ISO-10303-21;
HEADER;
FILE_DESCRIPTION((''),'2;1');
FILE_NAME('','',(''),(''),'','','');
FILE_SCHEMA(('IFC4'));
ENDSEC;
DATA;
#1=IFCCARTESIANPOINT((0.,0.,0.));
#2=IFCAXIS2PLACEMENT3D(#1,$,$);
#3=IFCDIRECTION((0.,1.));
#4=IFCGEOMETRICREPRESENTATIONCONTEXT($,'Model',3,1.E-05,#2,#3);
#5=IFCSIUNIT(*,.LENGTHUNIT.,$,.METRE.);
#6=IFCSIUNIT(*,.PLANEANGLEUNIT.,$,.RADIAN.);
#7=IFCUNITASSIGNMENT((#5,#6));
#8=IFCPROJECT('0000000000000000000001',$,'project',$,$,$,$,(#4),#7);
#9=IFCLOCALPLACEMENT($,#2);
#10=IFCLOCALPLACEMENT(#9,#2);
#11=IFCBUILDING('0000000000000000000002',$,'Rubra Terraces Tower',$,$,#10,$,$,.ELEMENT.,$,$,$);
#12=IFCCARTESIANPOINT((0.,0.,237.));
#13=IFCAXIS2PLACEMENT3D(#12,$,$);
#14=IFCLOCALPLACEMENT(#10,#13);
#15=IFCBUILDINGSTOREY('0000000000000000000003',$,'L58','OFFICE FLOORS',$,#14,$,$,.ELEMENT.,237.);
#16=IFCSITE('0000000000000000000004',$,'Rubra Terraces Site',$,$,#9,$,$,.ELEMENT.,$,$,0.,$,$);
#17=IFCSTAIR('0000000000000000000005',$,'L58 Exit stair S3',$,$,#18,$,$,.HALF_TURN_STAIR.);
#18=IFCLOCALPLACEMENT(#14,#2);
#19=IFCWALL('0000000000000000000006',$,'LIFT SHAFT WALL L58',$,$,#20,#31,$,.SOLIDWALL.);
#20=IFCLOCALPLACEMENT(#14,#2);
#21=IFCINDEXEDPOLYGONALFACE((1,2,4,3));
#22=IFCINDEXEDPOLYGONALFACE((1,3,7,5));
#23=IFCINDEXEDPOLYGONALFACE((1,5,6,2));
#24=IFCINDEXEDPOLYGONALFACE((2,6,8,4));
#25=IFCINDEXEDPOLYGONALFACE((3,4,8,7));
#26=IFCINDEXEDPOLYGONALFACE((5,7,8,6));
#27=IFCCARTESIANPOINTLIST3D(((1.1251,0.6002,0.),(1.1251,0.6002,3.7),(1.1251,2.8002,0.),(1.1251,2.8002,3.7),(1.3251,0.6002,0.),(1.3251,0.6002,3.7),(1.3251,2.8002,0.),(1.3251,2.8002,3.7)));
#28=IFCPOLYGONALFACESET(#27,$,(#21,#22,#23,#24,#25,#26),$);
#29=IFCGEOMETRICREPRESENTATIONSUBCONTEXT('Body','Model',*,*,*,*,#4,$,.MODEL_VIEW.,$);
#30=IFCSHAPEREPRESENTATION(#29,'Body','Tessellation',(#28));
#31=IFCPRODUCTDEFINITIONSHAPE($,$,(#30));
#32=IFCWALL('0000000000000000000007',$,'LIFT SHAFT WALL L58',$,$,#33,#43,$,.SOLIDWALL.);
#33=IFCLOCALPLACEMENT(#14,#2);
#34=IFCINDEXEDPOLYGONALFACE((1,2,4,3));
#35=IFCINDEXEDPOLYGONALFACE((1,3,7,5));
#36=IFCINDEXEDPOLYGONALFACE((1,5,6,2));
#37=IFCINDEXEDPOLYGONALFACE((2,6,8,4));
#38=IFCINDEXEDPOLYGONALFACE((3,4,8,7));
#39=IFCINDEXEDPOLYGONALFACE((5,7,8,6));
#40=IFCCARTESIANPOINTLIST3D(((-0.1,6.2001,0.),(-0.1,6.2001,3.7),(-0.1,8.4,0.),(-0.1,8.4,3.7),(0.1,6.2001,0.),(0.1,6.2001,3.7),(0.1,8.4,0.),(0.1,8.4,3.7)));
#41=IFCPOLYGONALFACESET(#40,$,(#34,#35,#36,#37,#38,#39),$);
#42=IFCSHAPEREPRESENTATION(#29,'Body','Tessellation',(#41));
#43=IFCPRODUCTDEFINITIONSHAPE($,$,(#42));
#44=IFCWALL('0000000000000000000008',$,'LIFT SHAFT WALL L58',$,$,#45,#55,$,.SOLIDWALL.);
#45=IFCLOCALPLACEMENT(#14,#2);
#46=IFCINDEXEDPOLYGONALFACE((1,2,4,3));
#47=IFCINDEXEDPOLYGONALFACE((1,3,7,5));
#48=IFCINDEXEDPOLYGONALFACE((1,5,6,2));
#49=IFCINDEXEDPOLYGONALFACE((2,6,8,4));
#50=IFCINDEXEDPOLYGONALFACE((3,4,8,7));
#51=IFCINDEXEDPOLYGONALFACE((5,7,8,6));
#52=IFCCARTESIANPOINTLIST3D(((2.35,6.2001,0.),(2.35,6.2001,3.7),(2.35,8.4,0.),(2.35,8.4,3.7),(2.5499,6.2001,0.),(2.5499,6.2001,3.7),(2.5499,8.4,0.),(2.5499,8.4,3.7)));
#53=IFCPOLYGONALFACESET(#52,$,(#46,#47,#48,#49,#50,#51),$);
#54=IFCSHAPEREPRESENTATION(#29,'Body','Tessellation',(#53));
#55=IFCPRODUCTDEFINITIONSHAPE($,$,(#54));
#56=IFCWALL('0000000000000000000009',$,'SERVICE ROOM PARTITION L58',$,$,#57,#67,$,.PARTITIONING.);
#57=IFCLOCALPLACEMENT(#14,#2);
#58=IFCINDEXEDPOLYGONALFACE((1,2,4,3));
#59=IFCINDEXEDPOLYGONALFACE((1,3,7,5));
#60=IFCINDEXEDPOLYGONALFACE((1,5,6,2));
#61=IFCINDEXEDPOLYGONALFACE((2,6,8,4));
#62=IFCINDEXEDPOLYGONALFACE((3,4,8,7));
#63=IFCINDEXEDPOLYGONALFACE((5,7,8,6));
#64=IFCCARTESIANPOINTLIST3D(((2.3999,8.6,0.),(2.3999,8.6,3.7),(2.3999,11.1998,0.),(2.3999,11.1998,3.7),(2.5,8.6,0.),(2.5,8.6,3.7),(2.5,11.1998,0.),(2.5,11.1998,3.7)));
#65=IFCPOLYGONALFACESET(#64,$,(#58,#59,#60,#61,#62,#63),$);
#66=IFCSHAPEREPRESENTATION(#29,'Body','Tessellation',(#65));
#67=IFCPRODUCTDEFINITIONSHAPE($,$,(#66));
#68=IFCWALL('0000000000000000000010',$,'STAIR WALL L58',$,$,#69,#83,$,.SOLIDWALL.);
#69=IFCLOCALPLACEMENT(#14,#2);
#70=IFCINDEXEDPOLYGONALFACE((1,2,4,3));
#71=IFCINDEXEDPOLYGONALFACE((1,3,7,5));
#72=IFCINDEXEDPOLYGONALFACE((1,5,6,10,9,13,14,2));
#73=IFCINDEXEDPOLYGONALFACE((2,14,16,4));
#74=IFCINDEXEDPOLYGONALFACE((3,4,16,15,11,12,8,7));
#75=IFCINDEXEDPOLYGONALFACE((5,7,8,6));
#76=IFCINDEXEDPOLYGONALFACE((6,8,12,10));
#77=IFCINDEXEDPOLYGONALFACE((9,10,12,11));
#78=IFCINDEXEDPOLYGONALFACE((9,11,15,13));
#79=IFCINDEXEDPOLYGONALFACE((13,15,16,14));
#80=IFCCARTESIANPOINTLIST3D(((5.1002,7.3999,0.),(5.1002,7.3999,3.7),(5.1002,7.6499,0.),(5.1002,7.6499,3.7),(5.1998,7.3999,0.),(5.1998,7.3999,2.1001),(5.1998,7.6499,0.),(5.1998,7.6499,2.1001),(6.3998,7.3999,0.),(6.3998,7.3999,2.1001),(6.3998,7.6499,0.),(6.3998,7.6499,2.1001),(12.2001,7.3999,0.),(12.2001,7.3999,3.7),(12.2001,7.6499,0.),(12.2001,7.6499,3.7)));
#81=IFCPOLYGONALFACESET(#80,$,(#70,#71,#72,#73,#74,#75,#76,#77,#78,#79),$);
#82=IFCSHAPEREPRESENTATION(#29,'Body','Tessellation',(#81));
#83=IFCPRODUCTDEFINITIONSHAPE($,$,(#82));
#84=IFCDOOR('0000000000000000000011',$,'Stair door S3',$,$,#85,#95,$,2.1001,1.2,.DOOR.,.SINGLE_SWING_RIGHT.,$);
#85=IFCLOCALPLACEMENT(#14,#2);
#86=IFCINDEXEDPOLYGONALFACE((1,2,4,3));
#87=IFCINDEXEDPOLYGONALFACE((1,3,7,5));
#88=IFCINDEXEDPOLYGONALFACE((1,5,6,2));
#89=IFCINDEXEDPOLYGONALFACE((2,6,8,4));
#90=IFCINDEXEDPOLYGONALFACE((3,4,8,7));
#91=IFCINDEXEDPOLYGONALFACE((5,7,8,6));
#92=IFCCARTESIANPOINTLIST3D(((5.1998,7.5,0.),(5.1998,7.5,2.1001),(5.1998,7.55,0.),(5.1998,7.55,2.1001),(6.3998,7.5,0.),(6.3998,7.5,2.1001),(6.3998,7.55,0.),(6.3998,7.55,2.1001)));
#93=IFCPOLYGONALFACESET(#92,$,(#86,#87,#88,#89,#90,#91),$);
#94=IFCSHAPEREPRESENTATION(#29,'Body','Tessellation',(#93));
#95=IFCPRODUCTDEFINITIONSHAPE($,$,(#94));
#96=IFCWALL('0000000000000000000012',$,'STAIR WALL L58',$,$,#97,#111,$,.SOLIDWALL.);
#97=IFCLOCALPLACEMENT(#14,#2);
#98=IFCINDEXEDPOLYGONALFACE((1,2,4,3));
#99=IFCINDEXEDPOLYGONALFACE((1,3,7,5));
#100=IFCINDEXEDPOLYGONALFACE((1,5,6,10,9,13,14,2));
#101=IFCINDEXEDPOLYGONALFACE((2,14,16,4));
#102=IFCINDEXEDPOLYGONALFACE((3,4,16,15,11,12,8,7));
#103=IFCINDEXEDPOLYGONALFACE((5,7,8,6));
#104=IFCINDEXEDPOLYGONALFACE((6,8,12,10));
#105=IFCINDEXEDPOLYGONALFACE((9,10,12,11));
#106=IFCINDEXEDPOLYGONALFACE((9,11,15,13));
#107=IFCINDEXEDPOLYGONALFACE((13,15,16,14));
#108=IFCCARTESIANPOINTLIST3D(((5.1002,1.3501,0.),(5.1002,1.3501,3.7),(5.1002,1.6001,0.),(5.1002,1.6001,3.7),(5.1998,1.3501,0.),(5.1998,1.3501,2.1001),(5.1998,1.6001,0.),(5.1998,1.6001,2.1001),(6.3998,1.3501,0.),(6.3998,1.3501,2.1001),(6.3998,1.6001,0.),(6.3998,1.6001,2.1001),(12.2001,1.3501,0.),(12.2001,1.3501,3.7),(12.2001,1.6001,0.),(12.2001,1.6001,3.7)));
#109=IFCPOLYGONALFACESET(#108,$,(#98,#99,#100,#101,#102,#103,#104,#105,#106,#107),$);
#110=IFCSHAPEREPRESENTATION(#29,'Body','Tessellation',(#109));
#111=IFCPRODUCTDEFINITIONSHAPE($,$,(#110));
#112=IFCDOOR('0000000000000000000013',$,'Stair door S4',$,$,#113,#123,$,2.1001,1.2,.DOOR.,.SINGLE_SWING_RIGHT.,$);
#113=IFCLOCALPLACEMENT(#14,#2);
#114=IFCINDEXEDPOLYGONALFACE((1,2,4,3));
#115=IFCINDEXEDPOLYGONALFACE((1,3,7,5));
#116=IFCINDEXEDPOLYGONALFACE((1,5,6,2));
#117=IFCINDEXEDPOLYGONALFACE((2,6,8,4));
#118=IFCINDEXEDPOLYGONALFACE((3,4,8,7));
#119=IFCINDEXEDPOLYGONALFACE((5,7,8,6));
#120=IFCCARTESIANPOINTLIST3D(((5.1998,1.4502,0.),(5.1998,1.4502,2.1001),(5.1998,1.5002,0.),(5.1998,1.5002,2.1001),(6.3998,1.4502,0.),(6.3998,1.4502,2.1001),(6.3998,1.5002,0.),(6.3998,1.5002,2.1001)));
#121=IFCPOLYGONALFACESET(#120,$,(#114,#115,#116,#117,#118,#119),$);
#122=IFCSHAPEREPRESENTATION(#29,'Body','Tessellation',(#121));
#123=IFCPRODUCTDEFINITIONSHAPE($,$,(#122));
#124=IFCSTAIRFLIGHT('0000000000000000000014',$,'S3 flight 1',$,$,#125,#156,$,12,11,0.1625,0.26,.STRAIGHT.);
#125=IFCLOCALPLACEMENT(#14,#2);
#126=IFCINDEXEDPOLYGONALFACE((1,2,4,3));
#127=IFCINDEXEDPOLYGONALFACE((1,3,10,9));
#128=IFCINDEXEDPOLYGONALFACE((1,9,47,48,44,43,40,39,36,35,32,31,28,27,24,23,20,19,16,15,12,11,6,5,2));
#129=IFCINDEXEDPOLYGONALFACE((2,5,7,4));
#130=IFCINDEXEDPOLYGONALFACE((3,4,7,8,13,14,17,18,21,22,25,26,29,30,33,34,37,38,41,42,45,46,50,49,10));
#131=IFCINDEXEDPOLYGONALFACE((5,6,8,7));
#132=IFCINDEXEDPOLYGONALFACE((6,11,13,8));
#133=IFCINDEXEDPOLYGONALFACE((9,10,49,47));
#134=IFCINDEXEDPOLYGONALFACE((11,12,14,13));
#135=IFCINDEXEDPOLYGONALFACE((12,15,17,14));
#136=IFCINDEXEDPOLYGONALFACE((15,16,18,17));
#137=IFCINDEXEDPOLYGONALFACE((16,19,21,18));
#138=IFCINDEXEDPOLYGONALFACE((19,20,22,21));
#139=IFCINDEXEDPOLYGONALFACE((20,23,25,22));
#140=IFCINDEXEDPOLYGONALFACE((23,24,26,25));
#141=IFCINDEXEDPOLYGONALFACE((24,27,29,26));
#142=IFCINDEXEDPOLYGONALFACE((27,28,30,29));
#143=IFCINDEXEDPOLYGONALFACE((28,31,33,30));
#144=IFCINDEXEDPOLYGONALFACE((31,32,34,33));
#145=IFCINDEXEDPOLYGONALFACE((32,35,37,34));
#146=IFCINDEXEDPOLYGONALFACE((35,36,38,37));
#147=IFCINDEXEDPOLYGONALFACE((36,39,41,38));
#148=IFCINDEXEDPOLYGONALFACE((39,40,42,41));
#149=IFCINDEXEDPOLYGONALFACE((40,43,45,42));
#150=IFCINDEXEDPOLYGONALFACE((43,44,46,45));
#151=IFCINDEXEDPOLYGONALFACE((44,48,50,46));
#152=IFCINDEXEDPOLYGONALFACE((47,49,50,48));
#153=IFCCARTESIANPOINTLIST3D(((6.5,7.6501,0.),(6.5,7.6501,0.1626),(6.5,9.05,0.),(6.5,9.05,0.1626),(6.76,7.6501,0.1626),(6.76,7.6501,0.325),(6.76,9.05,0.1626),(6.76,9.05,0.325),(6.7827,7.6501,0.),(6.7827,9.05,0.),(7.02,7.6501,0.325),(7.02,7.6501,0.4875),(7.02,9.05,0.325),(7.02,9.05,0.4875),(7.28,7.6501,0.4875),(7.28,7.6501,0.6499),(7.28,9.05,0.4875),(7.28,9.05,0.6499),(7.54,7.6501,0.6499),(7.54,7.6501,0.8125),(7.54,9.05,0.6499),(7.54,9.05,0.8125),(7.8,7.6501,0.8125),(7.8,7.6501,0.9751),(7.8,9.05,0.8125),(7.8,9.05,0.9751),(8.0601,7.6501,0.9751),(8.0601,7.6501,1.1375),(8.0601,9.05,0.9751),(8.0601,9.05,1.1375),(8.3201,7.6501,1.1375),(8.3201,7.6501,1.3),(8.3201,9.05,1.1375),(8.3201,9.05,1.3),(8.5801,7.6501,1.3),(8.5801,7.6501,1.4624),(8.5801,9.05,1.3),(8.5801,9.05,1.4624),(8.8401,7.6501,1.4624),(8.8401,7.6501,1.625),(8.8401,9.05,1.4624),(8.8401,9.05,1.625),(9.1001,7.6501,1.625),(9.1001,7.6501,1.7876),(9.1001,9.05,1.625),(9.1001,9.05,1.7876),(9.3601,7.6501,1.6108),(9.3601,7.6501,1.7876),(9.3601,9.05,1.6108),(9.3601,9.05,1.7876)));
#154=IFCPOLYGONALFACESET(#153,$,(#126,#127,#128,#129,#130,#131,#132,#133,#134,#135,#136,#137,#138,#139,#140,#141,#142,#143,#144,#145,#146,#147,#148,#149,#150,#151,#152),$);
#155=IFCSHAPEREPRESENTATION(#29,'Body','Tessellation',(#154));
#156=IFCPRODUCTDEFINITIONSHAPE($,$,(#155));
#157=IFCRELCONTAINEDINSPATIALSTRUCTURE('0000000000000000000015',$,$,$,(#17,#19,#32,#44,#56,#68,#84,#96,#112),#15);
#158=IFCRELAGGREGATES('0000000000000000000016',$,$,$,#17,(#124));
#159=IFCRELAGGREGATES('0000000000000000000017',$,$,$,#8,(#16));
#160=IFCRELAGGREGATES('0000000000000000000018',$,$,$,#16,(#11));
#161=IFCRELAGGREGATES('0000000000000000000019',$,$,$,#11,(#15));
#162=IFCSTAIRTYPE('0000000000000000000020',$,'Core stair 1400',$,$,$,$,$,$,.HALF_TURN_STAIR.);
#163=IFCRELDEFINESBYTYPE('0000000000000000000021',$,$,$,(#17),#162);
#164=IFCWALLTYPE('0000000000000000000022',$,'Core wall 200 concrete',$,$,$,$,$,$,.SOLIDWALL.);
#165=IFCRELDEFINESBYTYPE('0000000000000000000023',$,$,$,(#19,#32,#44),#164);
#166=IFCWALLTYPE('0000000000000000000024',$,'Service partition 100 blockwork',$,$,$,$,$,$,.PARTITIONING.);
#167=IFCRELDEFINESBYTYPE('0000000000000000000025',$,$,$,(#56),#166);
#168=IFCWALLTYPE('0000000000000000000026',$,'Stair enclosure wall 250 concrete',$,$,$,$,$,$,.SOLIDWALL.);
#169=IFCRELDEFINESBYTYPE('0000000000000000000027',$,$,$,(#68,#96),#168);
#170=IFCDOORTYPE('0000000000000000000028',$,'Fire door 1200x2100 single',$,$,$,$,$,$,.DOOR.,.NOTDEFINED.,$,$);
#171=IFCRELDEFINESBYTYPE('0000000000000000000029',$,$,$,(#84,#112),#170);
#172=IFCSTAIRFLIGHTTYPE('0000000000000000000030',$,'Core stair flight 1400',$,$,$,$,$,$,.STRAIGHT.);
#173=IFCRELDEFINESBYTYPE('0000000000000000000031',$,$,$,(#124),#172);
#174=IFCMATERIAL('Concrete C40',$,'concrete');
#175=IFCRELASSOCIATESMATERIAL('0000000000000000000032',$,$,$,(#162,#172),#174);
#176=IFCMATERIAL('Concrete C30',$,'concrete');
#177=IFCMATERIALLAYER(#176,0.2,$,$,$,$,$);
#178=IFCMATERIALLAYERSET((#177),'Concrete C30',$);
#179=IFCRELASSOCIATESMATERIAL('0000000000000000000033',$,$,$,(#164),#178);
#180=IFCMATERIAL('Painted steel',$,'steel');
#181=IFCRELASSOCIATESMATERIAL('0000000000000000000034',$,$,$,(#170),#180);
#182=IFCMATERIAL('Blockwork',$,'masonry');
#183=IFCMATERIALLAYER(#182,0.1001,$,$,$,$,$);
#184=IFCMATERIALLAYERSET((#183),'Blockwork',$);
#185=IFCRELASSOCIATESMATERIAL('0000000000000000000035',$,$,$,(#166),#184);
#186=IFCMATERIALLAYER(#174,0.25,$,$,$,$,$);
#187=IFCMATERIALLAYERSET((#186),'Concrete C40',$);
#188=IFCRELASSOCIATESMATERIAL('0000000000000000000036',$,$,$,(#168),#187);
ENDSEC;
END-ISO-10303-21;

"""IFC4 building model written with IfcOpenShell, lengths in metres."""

from ifc_helpers import new_model, si_unit, direction, frame, frame_2d, origin, place, context, subcontext, project, spatial, polyline, rectangle, outline, extrude, material, layer, layer_set, type_object, element, fill, aggregate, save


model = new_model("IFC4")

# Units and contexts
model_context = context("Model", 3, precision=1e-05, world=origin(), true_north=direction((0.0, 1.0)))
body_context = subcontext(model_context, "Body", "Model", "MODEL_VIEW")
ifc_project = project(units=[si_unit("LENGTHUNIT", "METRE"), si_unit("PLANEANGLEUNIT", "RADIAN")], contexts=[model_context])

# Site, building, storey
site_placement = place(None, origin())
site = spatial("IfcSite", under=ifc_project, at=site_placement, Name="Rubra Terraces Site", CompositionType="ELEMENT", RefElevation=0.0)
building_placement = place(site_placement, origin())
building = spatial("IfcBuilding", under=site, at=building_placement, Name="Rubra Terraces Tower", CompositionType="ELEMENT")
storey_placement = place(building_placement, frame((0.0, 0.0, 237.0)))
storey = spatial("IfcBuildingStorey", under=building, at=storey_placement, Name="L58", Description="OFFICE FLOORS", CompositionType="ELEMENT", Elevation=237.0)

# Stair
ifc_material_1 = material(Name="Concrete C40", Category="concrete")
stair_type = type_object("IfcStairType", Name="Core stair 1400", PredefinedType="HALF_TURN_STAIR", material=ifc_material_1)
stair_1_placement = place(storey_placement, origin())
stair_1 = element("IfcStair", 1, at=stair_1_placement, inside=storey, type_object=stair_type, Name="L58 Exit stair S3", PredefinedType="HALF_TURN_STAIR")

# Shared definitions
ifc_material_2 = material(Name="Concrete C30", Category="concrete")
ifc_layer_1 = layer(ifc_material_2, 0.2)
ifc_layer_set_1 = layer_set([ifc_layer_1], Name="Concrete C30")
wall_type_1 = type_object("IfcWallType", Name="Core wall 200 concrete", PredefinedType="SOLIDWALL", material=ifc_layer_set_1)
ifc_material_3 = material(Name="Painted steel", Category="steel")
door_type_1 = type_object("IfcDoorType", Name="Fire door 1200x2100 single", OperationType="NOTDEFINED", PredefinedType="DOOR", material=ifc_material_3)

# Walls
for number, where, z_axis, x_axis, name in (
    (2, (1.2251, 0.6001, 0.0), (0.0, 0.0, 1.0), (0.0, 1.0, 0.0), "LIFT SHAFT WALL L58"),
    (3, (0.0, 6.2, 0.0), (0.0, 0.0, 1.0), (0.0, 1.0, 0.0), "LIFT SHAFT WALL L58"),
    (4, (2.45, 6.2, 0.0), (0.0, 0.0, 1.0), (0.0, 1.0, 0.0), "LIFT SHAFT WALL L58"),
):
    element("IfcWall", number, at=place(storey_placement, frame(where, z_axis=z_axis, x_axis=x_axis)), inside=storey, type_object=wall_type_1, Name=name, PredefinedType="SOLIDWALL", context=body_context, shape_type="SweptSolid", body=[
        extrude(rectangle(XDim=2.2, YDim=0.2, at=frame_2d((1.1001, 0.0))), origin(), (0.0, 0.0, 1.0), 3.7),
    ])
ifc_material_4 = material(Name="Blockwork", Category="masonry")
ifc_layer_2 = layer(ifc_material_4, 0.1001)
ifc_layer_set_2 = layer_set([ifc_layer_2], Name="Blockwork")
wall_type_2 = type_object("IfcWallType", Name="Service partition 100 blockwork", PredefinedType="PARTITIONING", material=ifc_layer_set_2)
wall_1_placement = place(storey_placement, frame((2.45, 8.6001, 0.0), z_axis=(0.0, 0.0, 1.0), x_axis=(0.0, 1.0, 0.0)))
element("IfcWall", 5, at=wall_1_placement, inside=storey, type_object=wall_type_2, Name="SERVICE ROOM PARTITION L58", PredefinedType="PARTITIONING", context=body_context, shape_type="SweptSolid", body=[
    extrude(rectangle(XDim=2.5999, YDim=0.1001, at=frame_2d((1.2998, 0.0))), origin(), (0.0, 0.0, 1.0), 3.7),
])

# Walls, openings, doors
ifc_layer_3 = layer(ifc_material_1, 0.25)
ifc_layer_set_3 = layer_set([ifc_layer_3], Name="Concrete C40")
wall_type_3 = type_object("IfcWallType", Name="Stair enclosure wall 250 concrete", PredefinedType="SOLIDWALL", material=ifc_layer_set_3)
wall_2_placement = place(storey_placement, frame((12.2, 7.5249, 0.0), z_axis=(0.0, 0.0, 1.0), x_axis=(-1.0, 0.0, 0.0)))
wall_2 = element("IfcWall", 6, at=wall_2_placement, inside=storey, type_object=wall_type_3, Name="STAIR WALL L58", PredefinedType="SOLIDWALL", context=body_context, shape_type="SweptSolid", body=[
    extrude(rectangle(XDim=7.0999, YDim=0.25, at=frame_2d((3.5498, 0.0))), origin(), (0.0, 0.0, 1.0), 3.7),
])
opening_1_placement = place(wall_2_placement, frame((5.8, 0.0, 0.0)))
opening_1 = element("IfcOpeningElement", 7, at=opening_1_placement, cuts=wall_2, PredefinedType="OPENING", context=body_context, shape_type="SweptSolid", body=[
    extrude(rectangle(XDim=1.2, YDim=2.1001, at=frame_2d((0.6001, 1.05))), frame((0.0, 0.135, 0.0), z_axis=(0.0, -1.0, 0.0), x_axis=(1.0, 0.0, 0.0)), (0.0, 0.0, 1.0), 0.27),
])
door_1_placement = place(opening_1_placement, origin())
door_1 = element("IfcDoor", 8, at=door_1_placement, inside=storey, type_object=door_type_1, Name="Stair door S3", OperationType="SINGLE_SWING_RIGHT", OverallHeight=2.1001, OverallWidth=1.2, PredefinedType="DOOR", context=body_context, shape_type="SweptSolid", body=[
    extrude(rectangle(XDim=1.2, YDim=2.1001, at=frame_2d((0.6001, 1.05))), frame((0.0, 0.0249, 0.0), z_axis=(0.0, -1.0, 0.0), x_axis=(1.0, 0.0, 0.0)), (0.0, 0.0, 1.0), 0.05),
])
fill(opening_1, door_1)
wall_3_placement = place(storey_placement, frame((12.2, 1.4751, 0.0), z_axis=(0.0, 0.0, 1.0), x_axis=(-1.0, 0.0, 0.0)))
wall_3 = element("IfcWall", 9, at=wall_3_placement, inside=storey, type_object=wall_type_3, Name="STAIR WALL L58", PredefinedType="SOLIDWALL", context=body_context, shape_type="SweptSolid", body=[
    extrude(rectangle(XDim=7.0999, YDim=0.25, at=frame_2d((3.5498, 0.0))), origin(), (0.0, 0.0, 1.0), 3.7),
])
opening_2_placement = place(wall_3_placement, frame((5.8, 0.0, 0.0)))
opening_2 = element("IfcOpeningElement", 10, at=opening_2_placement, cuts=wall_3, PredefinedType="OPENING", context=body_context, shape_type="SweptSolid", body=[
    extrude(rectangle(XDim=1.2, YDim=2.1001, at=frame_2d((0.6001, 1.05))), frame((0.0, 0.135, 0.0), z_axis=(0.0, -1.0, 0.0), x_axis=(1.0, 0.0, 0.0)), (0.0, 0.0, 1.0), 0.27),
])
door_2_placement = place(opening_2_placement, origin())
door_2 = element("IfcDoor", 11, at=door_2_placement, inside=storey, type_object=door_type_1, Name="Stair door S4", OperationType="SINGLE_SWING_RIGHT", OverallHeight=2.1001, OverallWidth=1.2, PredefinedType="DOOR", context=body_context, shape_type="SweptSolid", body=[
    extrude(rectangle(XDim=1.2, YDim=2.1001, at=frame_2d((0.6001, 1.05))), frame((0.0, 0.0249, 0.0), z_axis=(0.0, -1.0, 0.0), x_axis=(1.0, 0.0, 0.0)), (0.0, 0.0, 1.0), 0.05),
])
fill(opening_2, door_2)

# Stair flight
stair_flight_type = type_object("IfcStairFlightType", Name="Core stair flight 1400", PredefinedType="STRAIGHT", material=ifc_material_1)
stair_flight_1_placement = place(storey_placement, frame((6.5, 8.3501, 0.0), z_axis=(0.0, 0.0, 1.0), x_axis=(1.0, 0.0, 0.0)))
stair_flight_1 = element("IfcStairFlight", 12, at=stair_flight_1_placement, type_object=stair_flight_type, Name="S3 flight 1", NumberOfRisers=12, NumberOfTreads=11, PredefinedType="STRAIGHT", RiserHeight=0.1625, TreadLength=0.26, context=body_context, shape_type="SweptSolid", body=[
    extrude(outline(polyline([(0.0, 0.0), (0.0, 0.1626), (0.26, 0.1626), (0.26, 0.325), (0.52, 0.325), (0.52, 0.4875), (0.78, 0.4875), (0.78, 0.6499), (1.04, 0.6499), (1.04, 0.8125), (1.3, 0.8125), (1.3, 0.9751), (1.5601, 0.9751), (1.5601, 1.1375), (1.8201, 1.1375), (1.8201, 1.3), (2.0801, 1.3), (2.0801, 1.4624), (2.3401, 1.4624), (2.3401, 1.625), (2.6001, 1.625), (2.6001, 1.7876), (2.8601, 1.7876), (2.8601, 1.95), (2.8601, 1.6108), (0.2827, 0.0), (0.0, 0.0)])), frame((0.0, 0.7, 0.0), z_axis=(0.0, -1.0, 0.0), x_axis=(1.0, 0.0, 0.0)), (0.0, 0.0, 1.0), 1.3999),
])
aggregate(stair_1, [stair_flight_1])

save(model, "model.ifc")
